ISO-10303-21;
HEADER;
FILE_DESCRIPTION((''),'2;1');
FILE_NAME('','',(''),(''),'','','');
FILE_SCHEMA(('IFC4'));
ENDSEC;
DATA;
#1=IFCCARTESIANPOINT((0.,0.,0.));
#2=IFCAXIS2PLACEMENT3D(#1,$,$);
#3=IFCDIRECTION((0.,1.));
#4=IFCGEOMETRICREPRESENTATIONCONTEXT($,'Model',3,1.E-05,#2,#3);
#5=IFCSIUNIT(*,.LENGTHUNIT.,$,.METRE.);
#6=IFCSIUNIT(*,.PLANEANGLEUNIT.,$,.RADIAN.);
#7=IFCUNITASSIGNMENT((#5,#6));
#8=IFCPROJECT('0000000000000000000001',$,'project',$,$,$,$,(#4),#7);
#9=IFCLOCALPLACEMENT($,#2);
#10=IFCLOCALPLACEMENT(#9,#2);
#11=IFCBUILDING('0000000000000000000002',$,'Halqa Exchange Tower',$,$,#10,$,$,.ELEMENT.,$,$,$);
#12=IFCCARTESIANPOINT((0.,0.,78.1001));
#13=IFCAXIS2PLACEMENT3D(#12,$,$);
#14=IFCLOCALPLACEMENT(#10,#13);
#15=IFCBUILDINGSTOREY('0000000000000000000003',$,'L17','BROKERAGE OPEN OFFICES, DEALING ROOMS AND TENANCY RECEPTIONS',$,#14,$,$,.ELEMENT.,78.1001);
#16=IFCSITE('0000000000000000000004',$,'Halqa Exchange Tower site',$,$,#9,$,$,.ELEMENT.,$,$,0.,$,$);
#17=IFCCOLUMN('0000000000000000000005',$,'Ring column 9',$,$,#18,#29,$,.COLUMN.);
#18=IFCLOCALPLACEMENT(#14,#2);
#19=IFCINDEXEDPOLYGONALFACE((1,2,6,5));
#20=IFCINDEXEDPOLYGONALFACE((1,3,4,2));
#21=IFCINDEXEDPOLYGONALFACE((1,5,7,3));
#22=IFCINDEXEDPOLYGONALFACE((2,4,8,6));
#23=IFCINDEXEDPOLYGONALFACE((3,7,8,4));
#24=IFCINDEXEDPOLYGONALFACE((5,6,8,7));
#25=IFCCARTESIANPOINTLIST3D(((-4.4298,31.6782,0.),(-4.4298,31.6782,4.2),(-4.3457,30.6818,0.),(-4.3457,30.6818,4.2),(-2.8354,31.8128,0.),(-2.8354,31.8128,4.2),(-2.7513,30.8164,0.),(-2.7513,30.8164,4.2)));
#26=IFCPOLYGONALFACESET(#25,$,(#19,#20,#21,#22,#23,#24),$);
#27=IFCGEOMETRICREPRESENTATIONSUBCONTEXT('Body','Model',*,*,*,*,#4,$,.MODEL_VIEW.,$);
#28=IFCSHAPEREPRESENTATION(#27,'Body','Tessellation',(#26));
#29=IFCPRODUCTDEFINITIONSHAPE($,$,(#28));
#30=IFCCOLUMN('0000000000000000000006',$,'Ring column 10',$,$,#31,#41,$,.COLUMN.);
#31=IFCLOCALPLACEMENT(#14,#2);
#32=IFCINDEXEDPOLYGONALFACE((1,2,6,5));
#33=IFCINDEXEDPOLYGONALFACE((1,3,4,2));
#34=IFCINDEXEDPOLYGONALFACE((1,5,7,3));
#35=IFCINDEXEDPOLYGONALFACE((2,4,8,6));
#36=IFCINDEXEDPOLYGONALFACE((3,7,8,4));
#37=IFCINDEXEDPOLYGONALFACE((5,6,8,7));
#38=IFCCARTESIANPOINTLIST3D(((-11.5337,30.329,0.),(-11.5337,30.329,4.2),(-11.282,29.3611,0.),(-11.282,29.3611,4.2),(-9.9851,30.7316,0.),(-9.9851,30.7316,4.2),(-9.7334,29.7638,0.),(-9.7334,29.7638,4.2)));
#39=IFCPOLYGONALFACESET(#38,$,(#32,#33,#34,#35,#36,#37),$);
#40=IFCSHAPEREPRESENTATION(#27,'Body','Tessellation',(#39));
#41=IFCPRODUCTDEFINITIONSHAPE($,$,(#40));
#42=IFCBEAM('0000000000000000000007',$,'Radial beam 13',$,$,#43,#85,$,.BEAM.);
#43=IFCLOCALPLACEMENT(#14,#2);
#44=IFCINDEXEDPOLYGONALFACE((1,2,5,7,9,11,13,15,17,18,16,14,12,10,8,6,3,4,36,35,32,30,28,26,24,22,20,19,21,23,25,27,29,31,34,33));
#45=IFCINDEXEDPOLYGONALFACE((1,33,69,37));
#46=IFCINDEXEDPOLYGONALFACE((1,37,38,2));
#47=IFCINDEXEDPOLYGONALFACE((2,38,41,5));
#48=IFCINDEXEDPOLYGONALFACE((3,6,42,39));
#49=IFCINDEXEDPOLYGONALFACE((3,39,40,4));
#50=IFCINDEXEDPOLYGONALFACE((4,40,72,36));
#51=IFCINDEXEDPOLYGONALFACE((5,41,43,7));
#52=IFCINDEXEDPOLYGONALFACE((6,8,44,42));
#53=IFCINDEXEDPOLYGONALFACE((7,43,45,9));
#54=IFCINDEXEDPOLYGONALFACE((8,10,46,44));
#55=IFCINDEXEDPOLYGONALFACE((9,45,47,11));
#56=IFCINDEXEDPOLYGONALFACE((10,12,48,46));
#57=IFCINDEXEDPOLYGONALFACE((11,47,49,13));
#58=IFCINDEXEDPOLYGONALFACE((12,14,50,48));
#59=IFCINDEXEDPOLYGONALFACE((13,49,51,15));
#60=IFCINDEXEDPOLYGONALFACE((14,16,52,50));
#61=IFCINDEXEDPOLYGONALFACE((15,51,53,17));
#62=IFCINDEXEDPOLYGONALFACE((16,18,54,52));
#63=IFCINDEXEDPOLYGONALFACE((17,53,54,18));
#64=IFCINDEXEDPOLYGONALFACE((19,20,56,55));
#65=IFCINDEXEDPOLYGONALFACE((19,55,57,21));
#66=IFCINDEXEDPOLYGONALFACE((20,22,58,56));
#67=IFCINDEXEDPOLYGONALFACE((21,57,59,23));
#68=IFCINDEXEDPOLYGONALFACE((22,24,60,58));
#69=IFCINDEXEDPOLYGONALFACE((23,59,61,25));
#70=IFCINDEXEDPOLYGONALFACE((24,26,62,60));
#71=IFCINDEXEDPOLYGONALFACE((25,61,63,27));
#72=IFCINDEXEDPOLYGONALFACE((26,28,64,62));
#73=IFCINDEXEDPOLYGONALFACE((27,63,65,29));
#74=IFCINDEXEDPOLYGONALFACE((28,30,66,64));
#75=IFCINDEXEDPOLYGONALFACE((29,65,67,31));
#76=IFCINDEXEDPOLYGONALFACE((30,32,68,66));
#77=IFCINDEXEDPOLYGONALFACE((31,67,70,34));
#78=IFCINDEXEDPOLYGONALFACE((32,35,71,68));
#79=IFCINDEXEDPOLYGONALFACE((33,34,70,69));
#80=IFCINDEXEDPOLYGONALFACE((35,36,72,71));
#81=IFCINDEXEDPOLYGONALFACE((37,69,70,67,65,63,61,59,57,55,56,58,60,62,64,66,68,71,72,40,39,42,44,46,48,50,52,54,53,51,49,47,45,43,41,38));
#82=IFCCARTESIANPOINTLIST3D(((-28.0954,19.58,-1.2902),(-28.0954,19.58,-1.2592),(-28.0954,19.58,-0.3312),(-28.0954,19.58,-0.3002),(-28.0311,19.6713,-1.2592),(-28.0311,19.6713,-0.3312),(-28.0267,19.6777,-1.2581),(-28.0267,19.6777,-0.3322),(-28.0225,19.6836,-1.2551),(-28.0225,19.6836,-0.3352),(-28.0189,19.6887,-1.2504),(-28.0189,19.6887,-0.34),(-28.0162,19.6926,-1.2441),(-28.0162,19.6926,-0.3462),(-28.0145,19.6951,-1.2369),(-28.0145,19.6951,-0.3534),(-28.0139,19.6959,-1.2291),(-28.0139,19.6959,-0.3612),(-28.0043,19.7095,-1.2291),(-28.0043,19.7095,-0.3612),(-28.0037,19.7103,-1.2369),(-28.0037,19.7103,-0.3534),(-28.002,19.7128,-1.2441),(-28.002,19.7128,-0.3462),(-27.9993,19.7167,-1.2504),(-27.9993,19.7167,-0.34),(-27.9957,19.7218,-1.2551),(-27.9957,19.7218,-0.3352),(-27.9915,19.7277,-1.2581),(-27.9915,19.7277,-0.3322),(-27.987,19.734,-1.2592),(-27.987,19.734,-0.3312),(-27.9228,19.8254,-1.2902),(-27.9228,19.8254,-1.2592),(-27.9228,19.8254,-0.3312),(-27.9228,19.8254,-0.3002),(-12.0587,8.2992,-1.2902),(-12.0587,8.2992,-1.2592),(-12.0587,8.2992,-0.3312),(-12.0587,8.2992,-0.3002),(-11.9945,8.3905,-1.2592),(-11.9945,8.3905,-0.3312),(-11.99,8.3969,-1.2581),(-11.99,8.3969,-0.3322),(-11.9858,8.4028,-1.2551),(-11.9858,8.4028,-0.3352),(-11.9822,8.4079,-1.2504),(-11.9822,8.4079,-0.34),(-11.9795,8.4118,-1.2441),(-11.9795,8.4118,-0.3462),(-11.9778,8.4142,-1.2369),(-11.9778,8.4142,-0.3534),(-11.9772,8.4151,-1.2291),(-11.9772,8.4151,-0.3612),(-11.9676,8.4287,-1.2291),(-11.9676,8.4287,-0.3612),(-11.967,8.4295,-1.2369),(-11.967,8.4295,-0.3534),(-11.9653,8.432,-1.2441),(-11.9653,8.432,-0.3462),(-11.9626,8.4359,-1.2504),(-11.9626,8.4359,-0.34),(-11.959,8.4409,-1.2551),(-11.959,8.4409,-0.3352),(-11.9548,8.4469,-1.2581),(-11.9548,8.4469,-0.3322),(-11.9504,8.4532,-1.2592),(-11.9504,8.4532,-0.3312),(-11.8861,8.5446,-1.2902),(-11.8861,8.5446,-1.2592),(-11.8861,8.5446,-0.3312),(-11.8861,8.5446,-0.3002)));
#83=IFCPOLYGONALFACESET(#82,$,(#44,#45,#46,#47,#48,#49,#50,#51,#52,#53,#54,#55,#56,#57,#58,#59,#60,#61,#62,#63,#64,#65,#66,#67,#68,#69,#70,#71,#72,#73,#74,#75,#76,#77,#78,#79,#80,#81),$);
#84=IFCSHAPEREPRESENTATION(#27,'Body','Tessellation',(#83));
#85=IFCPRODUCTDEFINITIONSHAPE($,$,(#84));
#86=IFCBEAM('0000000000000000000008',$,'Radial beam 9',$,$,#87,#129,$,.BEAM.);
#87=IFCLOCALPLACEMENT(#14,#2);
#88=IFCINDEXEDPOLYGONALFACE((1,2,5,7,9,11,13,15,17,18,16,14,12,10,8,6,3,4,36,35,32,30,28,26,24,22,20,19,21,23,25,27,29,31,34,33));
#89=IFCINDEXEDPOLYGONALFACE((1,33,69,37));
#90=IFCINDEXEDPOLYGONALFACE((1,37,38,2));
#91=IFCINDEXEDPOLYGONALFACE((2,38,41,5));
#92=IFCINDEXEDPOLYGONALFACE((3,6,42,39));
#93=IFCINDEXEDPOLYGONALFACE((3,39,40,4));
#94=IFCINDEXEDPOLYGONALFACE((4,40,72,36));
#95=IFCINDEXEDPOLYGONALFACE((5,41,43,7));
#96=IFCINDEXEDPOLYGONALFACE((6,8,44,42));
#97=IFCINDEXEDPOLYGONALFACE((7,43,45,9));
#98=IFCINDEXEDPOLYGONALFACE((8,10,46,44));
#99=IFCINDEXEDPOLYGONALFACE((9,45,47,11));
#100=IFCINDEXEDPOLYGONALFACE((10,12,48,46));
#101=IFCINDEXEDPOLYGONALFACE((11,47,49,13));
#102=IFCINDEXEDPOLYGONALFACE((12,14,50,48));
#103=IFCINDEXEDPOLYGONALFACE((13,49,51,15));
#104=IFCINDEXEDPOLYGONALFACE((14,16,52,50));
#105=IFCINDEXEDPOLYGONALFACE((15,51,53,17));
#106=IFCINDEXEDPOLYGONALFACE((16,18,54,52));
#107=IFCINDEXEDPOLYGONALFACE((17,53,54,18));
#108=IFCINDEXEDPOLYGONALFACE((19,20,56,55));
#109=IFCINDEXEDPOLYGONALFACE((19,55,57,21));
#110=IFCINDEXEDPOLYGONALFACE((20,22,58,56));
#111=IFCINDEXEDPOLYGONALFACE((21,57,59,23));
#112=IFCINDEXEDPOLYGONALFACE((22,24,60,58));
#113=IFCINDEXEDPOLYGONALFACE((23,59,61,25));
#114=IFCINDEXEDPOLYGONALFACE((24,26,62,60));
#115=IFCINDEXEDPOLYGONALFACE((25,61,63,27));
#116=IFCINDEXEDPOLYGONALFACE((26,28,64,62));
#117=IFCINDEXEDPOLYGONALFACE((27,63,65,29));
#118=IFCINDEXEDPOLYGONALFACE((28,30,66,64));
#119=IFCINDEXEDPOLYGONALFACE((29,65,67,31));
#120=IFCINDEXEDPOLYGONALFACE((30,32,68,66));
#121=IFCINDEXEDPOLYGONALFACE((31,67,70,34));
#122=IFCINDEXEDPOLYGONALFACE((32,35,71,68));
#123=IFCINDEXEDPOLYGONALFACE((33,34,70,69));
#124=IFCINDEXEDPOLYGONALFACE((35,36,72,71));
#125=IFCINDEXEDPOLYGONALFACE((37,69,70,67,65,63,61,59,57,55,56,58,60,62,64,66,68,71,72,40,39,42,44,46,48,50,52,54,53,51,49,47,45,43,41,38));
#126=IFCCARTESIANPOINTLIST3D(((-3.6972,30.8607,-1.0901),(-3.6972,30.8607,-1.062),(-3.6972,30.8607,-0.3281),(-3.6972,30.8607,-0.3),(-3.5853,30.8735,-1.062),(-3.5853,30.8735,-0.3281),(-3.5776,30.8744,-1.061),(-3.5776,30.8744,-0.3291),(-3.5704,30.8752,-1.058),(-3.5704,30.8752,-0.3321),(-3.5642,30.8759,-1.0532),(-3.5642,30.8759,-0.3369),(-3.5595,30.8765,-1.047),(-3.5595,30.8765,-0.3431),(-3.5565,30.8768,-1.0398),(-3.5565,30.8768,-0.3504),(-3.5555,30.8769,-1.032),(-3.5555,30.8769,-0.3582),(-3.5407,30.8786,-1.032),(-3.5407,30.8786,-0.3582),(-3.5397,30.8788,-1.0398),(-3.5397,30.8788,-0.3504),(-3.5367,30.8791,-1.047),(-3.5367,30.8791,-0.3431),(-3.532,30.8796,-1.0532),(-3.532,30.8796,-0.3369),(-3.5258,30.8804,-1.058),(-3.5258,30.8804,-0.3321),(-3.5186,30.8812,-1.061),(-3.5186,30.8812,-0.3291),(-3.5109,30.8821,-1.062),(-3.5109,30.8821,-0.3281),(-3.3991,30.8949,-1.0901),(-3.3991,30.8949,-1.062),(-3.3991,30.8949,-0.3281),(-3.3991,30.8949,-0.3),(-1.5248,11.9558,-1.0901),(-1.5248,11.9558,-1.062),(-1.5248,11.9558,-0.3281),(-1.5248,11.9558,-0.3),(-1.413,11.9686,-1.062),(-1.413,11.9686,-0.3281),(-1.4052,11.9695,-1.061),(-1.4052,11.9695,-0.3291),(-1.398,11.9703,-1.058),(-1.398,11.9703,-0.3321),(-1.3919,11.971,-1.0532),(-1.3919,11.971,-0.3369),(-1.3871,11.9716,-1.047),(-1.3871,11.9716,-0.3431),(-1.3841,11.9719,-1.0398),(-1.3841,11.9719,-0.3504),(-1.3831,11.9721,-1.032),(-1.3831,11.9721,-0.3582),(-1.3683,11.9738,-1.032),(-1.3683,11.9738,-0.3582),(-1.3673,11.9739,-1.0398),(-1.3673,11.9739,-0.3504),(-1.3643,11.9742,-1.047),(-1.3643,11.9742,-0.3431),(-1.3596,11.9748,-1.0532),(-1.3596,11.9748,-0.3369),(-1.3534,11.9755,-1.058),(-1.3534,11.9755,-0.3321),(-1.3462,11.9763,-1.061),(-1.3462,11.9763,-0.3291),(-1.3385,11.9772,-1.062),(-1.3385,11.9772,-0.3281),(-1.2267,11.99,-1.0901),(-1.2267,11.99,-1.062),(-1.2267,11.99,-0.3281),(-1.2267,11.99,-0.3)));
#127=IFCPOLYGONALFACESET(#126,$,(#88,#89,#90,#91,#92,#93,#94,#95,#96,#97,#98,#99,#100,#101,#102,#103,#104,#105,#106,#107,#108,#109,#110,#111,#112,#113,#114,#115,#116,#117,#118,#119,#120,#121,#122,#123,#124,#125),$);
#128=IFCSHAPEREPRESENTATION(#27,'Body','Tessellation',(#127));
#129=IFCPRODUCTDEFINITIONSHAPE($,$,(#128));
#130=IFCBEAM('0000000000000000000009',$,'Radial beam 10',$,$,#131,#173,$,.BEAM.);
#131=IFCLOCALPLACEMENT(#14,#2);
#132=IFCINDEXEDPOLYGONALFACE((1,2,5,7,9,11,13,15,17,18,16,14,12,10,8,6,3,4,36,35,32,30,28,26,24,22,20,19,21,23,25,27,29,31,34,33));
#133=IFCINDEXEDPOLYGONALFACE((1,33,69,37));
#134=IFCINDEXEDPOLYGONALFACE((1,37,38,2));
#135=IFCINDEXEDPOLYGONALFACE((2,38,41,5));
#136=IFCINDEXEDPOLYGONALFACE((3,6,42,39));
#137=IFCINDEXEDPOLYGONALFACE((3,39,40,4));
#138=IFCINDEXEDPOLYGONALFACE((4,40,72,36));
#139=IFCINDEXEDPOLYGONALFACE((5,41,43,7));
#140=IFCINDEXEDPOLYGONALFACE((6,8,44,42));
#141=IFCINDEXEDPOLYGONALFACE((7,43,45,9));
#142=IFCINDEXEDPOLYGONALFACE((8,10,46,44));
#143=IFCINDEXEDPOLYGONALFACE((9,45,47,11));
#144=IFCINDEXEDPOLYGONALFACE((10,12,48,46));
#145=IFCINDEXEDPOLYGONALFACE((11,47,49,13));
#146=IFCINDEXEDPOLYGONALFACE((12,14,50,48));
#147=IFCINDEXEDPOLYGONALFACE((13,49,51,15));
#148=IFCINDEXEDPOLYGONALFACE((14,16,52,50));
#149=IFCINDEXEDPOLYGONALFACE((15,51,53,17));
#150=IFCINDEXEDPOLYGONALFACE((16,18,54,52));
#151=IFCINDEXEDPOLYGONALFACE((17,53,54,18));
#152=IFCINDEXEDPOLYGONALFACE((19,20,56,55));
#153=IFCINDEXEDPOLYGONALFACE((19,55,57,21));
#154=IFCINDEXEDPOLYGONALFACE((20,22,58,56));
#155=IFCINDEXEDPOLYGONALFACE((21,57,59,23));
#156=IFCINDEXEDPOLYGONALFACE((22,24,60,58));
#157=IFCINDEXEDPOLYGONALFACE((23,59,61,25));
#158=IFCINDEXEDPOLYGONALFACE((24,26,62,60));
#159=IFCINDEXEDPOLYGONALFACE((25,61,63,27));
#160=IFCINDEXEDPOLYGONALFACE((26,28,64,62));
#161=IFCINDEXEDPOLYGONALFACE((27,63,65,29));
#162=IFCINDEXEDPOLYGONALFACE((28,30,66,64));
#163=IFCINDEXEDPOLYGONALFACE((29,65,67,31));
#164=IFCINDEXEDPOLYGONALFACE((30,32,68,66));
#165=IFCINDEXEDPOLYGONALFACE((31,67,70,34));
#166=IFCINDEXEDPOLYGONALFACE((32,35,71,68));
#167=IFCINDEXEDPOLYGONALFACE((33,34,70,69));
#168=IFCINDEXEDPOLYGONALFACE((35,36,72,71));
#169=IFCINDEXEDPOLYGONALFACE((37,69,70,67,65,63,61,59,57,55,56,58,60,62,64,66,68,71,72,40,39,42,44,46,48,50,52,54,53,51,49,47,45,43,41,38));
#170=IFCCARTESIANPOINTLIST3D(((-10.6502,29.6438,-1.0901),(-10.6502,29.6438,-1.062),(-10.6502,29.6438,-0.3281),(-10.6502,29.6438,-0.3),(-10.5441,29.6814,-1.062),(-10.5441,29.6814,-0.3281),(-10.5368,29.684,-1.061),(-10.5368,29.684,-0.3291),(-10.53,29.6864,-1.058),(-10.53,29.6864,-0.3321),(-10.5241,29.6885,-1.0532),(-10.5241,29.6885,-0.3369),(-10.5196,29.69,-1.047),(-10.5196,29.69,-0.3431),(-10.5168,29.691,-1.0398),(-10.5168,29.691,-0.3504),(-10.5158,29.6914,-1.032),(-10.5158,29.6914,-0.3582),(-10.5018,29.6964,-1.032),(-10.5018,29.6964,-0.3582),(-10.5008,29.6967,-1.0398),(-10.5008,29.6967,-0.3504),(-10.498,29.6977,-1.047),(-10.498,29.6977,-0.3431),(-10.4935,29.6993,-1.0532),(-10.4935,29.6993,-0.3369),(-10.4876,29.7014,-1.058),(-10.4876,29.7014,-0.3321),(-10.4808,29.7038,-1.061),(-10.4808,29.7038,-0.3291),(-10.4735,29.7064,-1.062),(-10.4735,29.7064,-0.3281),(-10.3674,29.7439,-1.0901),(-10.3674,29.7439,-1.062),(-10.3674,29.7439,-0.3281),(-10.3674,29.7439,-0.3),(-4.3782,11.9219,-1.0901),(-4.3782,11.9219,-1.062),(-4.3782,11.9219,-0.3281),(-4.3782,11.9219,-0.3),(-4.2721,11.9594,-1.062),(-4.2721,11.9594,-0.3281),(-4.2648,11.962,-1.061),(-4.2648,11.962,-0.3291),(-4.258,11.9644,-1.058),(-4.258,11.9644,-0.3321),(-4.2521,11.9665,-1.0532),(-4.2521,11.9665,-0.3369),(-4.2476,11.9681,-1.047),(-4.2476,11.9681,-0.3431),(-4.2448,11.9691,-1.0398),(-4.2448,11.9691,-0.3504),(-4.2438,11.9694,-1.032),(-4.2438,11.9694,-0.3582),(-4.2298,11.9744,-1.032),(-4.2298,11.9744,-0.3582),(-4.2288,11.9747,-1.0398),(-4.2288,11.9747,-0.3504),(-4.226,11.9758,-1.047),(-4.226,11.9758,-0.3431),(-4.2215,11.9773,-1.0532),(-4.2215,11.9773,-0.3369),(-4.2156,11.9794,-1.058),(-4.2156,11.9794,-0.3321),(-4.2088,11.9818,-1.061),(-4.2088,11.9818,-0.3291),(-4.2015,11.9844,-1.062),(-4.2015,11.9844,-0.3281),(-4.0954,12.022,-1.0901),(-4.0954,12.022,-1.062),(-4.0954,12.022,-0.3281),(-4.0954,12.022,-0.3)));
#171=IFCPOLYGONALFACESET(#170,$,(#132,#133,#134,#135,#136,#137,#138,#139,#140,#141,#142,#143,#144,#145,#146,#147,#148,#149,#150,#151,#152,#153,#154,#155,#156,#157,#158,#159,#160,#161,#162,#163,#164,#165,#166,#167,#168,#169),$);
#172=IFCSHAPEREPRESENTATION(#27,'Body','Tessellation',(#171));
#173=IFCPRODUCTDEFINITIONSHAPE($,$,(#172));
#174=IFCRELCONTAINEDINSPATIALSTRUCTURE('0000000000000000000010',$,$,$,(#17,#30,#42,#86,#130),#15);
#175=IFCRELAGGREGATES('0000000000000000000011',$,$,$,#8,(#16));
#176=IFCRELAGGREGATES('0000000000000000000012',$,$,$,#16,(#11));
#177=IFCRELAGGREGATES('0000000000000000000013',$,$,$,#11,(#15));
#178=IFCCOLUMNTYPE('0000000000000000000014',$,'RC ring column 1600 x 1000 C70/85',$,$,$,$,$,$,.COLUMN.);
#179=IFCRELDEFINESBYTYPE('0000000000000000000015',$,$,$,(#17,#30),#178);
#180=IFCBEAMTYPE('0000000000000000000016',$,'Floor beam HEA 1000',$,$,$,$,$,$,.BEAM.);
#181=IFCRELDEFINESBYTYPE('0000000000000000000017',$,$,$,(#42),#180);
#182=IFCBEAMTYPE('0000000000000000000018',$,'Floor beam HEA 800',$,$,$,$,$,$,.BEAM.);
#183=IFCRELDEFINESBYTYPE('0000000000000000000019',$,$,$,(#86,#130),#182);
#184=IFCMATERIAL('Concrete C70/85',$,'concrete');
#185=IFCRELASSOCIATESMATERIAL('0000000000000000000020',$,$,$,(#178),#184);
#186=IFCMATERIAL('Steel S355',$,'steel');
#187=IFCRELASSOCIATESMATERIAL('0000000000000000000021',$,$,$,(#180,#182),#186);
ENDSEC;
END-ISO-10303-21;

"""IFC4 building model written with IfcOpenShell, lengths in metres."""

from ifc_helpers import new_model, si_unit, direction, frame, origin, origin_2d, place, context, subcontext, project, spatial, rectangle, i_section, extrude, material, material_profile, profile_set, type_object, element, save


model = new_model("IFC4")

# Units and contexts
model_context = context("Model", 3, precision=1e-05, world=origin(), true_north=direction((0.0, 1.0)))
body_context = subcontext(model_context, "Body", "Model", "MODEL_VIEW")
ifc_project = project(units=[si_unit("LENGTHUNIT", "METRE"), si_unit("PLANEANGLEUNIT", "RADIAN")], contexts=[model_context])

# Site, building, storey
site_placement = place(None, origin())
site = spatial("IfcSite", under=ifc_project, at=site_placement, Name="Halqa Exchange Tower site", CompositionType="ELEMENT", RefElevation=0.0)
building_placement = place(site_placement, origin())
building = spatial("IfcBuilding", under=site, at=building_placement, Name="Halqa Exchange Tower", CompositionType="ELEMENT")
storey_placement = place(building_placement, frame((0.0, 0.0, 78.1001)))
storey = spatial("IfcBuildingStorey", under=building, at=storey_placement, Name="L17", Description="BROKERAGE OPEN OFFICES, DEALING ROOMS AND TENANCY RECEPTIONS", CompositionType="ELEMENT", Elevation=78.1001)

# Columns
ifc_material_1 = material(Name="Concrete C70/85", Category="concrete")
ifc_material_profile_1 = material_profile(ifc_material_1, rectangle(XDim=1.6001, YDim=1.0, at=origin_2d()), Name="1600 x 1000")
ifc_profile_set_1 = profile_set([ifc_material_profile_1], Name="Concrete C70/85")
column_type = type_object("IfcColumnType", Name="RC ring column 1600 x 1000 C70/85", PredefinedType="COLUMN", material=ifc_profile_set_1)
for number, where, z_axis, x_axis, name in (
    (1, (-3.5906, 31.2473, 0.0), (0.0, 0.0, 1.0), (-0.996456, -0.084121, 0.0), "Ring column 9"),
    (2, (-10.6335, 30.0464, 0.0), (0.0, 0.0, 1.0), (-0.96782, -0.251644, 0.0), "Ring column 10"),
):
    element("IfcColumn", number, at=place(storey_placement, frame(where, z_axis=z_axis, x_axis=x_axis)), inside=storey, type_object=column_type, Name=name, PredefinedType="COLUMN", context=body_context, shape_type="SweptSolid", body=[
        extrude(rectangle(XDim=1.6001, YDim=1.0, at=origin_2d()), origin(), (0.0, 0.0, 1.0), 4.2),
    ])

# Beams
ifc_material_2 = material(Name="Steel S355", Category="steel")
ifc_material_profile_2 = material_profile(ifc_material_2, i_section(OverallWidth=0.3, OverallDepth=0.99, WebThickness=0.0166, FlangeThickness=0.031, FilletRadius=0.03, at=origin_2d()), Name="HEA 1000")
ifc_profile_set_2 = profile_set([ifc_material_profile_2], Name="Steel S355")
beam_type_1 = type_object("IfcBeamType", Name="Floor beam HEA 1000", PredefinedType="BEAM", material=ifc_profile_set_2)
beam_1_placement = place(storey_placement, frame((-11.9724, 8.4219, -0.7952), z_axis=(-0.817909, 0.575348, 0.0), x_axis=(-0.575348, -0.817909, 0.0)))
element("IfcBeam", 3, at=beam_1_placement, inside=storey, type_object=beam_type_1, Name="Radial beam 13", PredefinedType="BEAM", context=body_context, shape_type="SweptSolid", body=[
    extrude(i_section(OverallWidth=0.3, OverallDepth=0.99, WebThickness=0.0166, FlangeThickness=0.031, FilletRadius=0.03, at=origin_2d()), origin(), (0.0, 0.0, 1.0), 19.6069),
])
ifc_material_profile_3 = material_profile(ifc_material_2, i_section(OverallWidth=0.3, OverallDepth=0.79, WebThickness=0.0149, FlangeThickness=0.0281, FilletRadius=0.03, at=origin_2d()), Name="HEA 800")
ifc_profile_set_3 = profile_set([ifc_material_profile_3], Name="Steel S355")
beam_type_2 = type_object("IfcBeamType", Name="Floor beam HEA 800", PredefinedType="BEAM", material=ifc_profile_set_3)
beam_2_placement = place(storey_placement, frame((-1.3757, 11.9729, -0.6951), z_axis=(-0.11416, 0.993462, 0.0), x_axis=(-0.993462, -0.11416, 0.0)))
element("IfcBeam", 4, at=beam_2_placement, inside=storey, type_object=beam_type_2, Name="Radial beam 9", PredefinedType="BEAM", context=body_context, shape_type="SweptSolid", body=[
    extrude(i_section(OverallWidth=0.3, OverallDepth=0.79, WebThickness=0.0149, FlangeThickness=0.0281, FilletRadius=0.03, at=origin_2d()), origin(), (0.0, 0.0, 1.0), 19.0293),
])
beam_3_placement = place(storey_placement, frame((-4.2368, 11.9719, -0.6951), z_axis=(-0.333632, 0.942703, 0.0), x_axis=(-0.942703, -0.333632, 0.0)))
element("IfcBeam", 5, at=beam_3_placement, inside=storey, type_object=beam_type_2, Name="Radial beam 10", PredefinedType="BEAM", context=body_context, shape_type="SweptSolid", body=[
    extrude(i_section(OverallWidth=0.3, OverallDepth=0.79, WebThickness=0.0149, FlangeThickness=0.0281, FilletRadius=0.03, at=origin_2d()), origin(), (0.0, 0.0, 1.0), 18.7991),
])

save(model, "model.ifc")
